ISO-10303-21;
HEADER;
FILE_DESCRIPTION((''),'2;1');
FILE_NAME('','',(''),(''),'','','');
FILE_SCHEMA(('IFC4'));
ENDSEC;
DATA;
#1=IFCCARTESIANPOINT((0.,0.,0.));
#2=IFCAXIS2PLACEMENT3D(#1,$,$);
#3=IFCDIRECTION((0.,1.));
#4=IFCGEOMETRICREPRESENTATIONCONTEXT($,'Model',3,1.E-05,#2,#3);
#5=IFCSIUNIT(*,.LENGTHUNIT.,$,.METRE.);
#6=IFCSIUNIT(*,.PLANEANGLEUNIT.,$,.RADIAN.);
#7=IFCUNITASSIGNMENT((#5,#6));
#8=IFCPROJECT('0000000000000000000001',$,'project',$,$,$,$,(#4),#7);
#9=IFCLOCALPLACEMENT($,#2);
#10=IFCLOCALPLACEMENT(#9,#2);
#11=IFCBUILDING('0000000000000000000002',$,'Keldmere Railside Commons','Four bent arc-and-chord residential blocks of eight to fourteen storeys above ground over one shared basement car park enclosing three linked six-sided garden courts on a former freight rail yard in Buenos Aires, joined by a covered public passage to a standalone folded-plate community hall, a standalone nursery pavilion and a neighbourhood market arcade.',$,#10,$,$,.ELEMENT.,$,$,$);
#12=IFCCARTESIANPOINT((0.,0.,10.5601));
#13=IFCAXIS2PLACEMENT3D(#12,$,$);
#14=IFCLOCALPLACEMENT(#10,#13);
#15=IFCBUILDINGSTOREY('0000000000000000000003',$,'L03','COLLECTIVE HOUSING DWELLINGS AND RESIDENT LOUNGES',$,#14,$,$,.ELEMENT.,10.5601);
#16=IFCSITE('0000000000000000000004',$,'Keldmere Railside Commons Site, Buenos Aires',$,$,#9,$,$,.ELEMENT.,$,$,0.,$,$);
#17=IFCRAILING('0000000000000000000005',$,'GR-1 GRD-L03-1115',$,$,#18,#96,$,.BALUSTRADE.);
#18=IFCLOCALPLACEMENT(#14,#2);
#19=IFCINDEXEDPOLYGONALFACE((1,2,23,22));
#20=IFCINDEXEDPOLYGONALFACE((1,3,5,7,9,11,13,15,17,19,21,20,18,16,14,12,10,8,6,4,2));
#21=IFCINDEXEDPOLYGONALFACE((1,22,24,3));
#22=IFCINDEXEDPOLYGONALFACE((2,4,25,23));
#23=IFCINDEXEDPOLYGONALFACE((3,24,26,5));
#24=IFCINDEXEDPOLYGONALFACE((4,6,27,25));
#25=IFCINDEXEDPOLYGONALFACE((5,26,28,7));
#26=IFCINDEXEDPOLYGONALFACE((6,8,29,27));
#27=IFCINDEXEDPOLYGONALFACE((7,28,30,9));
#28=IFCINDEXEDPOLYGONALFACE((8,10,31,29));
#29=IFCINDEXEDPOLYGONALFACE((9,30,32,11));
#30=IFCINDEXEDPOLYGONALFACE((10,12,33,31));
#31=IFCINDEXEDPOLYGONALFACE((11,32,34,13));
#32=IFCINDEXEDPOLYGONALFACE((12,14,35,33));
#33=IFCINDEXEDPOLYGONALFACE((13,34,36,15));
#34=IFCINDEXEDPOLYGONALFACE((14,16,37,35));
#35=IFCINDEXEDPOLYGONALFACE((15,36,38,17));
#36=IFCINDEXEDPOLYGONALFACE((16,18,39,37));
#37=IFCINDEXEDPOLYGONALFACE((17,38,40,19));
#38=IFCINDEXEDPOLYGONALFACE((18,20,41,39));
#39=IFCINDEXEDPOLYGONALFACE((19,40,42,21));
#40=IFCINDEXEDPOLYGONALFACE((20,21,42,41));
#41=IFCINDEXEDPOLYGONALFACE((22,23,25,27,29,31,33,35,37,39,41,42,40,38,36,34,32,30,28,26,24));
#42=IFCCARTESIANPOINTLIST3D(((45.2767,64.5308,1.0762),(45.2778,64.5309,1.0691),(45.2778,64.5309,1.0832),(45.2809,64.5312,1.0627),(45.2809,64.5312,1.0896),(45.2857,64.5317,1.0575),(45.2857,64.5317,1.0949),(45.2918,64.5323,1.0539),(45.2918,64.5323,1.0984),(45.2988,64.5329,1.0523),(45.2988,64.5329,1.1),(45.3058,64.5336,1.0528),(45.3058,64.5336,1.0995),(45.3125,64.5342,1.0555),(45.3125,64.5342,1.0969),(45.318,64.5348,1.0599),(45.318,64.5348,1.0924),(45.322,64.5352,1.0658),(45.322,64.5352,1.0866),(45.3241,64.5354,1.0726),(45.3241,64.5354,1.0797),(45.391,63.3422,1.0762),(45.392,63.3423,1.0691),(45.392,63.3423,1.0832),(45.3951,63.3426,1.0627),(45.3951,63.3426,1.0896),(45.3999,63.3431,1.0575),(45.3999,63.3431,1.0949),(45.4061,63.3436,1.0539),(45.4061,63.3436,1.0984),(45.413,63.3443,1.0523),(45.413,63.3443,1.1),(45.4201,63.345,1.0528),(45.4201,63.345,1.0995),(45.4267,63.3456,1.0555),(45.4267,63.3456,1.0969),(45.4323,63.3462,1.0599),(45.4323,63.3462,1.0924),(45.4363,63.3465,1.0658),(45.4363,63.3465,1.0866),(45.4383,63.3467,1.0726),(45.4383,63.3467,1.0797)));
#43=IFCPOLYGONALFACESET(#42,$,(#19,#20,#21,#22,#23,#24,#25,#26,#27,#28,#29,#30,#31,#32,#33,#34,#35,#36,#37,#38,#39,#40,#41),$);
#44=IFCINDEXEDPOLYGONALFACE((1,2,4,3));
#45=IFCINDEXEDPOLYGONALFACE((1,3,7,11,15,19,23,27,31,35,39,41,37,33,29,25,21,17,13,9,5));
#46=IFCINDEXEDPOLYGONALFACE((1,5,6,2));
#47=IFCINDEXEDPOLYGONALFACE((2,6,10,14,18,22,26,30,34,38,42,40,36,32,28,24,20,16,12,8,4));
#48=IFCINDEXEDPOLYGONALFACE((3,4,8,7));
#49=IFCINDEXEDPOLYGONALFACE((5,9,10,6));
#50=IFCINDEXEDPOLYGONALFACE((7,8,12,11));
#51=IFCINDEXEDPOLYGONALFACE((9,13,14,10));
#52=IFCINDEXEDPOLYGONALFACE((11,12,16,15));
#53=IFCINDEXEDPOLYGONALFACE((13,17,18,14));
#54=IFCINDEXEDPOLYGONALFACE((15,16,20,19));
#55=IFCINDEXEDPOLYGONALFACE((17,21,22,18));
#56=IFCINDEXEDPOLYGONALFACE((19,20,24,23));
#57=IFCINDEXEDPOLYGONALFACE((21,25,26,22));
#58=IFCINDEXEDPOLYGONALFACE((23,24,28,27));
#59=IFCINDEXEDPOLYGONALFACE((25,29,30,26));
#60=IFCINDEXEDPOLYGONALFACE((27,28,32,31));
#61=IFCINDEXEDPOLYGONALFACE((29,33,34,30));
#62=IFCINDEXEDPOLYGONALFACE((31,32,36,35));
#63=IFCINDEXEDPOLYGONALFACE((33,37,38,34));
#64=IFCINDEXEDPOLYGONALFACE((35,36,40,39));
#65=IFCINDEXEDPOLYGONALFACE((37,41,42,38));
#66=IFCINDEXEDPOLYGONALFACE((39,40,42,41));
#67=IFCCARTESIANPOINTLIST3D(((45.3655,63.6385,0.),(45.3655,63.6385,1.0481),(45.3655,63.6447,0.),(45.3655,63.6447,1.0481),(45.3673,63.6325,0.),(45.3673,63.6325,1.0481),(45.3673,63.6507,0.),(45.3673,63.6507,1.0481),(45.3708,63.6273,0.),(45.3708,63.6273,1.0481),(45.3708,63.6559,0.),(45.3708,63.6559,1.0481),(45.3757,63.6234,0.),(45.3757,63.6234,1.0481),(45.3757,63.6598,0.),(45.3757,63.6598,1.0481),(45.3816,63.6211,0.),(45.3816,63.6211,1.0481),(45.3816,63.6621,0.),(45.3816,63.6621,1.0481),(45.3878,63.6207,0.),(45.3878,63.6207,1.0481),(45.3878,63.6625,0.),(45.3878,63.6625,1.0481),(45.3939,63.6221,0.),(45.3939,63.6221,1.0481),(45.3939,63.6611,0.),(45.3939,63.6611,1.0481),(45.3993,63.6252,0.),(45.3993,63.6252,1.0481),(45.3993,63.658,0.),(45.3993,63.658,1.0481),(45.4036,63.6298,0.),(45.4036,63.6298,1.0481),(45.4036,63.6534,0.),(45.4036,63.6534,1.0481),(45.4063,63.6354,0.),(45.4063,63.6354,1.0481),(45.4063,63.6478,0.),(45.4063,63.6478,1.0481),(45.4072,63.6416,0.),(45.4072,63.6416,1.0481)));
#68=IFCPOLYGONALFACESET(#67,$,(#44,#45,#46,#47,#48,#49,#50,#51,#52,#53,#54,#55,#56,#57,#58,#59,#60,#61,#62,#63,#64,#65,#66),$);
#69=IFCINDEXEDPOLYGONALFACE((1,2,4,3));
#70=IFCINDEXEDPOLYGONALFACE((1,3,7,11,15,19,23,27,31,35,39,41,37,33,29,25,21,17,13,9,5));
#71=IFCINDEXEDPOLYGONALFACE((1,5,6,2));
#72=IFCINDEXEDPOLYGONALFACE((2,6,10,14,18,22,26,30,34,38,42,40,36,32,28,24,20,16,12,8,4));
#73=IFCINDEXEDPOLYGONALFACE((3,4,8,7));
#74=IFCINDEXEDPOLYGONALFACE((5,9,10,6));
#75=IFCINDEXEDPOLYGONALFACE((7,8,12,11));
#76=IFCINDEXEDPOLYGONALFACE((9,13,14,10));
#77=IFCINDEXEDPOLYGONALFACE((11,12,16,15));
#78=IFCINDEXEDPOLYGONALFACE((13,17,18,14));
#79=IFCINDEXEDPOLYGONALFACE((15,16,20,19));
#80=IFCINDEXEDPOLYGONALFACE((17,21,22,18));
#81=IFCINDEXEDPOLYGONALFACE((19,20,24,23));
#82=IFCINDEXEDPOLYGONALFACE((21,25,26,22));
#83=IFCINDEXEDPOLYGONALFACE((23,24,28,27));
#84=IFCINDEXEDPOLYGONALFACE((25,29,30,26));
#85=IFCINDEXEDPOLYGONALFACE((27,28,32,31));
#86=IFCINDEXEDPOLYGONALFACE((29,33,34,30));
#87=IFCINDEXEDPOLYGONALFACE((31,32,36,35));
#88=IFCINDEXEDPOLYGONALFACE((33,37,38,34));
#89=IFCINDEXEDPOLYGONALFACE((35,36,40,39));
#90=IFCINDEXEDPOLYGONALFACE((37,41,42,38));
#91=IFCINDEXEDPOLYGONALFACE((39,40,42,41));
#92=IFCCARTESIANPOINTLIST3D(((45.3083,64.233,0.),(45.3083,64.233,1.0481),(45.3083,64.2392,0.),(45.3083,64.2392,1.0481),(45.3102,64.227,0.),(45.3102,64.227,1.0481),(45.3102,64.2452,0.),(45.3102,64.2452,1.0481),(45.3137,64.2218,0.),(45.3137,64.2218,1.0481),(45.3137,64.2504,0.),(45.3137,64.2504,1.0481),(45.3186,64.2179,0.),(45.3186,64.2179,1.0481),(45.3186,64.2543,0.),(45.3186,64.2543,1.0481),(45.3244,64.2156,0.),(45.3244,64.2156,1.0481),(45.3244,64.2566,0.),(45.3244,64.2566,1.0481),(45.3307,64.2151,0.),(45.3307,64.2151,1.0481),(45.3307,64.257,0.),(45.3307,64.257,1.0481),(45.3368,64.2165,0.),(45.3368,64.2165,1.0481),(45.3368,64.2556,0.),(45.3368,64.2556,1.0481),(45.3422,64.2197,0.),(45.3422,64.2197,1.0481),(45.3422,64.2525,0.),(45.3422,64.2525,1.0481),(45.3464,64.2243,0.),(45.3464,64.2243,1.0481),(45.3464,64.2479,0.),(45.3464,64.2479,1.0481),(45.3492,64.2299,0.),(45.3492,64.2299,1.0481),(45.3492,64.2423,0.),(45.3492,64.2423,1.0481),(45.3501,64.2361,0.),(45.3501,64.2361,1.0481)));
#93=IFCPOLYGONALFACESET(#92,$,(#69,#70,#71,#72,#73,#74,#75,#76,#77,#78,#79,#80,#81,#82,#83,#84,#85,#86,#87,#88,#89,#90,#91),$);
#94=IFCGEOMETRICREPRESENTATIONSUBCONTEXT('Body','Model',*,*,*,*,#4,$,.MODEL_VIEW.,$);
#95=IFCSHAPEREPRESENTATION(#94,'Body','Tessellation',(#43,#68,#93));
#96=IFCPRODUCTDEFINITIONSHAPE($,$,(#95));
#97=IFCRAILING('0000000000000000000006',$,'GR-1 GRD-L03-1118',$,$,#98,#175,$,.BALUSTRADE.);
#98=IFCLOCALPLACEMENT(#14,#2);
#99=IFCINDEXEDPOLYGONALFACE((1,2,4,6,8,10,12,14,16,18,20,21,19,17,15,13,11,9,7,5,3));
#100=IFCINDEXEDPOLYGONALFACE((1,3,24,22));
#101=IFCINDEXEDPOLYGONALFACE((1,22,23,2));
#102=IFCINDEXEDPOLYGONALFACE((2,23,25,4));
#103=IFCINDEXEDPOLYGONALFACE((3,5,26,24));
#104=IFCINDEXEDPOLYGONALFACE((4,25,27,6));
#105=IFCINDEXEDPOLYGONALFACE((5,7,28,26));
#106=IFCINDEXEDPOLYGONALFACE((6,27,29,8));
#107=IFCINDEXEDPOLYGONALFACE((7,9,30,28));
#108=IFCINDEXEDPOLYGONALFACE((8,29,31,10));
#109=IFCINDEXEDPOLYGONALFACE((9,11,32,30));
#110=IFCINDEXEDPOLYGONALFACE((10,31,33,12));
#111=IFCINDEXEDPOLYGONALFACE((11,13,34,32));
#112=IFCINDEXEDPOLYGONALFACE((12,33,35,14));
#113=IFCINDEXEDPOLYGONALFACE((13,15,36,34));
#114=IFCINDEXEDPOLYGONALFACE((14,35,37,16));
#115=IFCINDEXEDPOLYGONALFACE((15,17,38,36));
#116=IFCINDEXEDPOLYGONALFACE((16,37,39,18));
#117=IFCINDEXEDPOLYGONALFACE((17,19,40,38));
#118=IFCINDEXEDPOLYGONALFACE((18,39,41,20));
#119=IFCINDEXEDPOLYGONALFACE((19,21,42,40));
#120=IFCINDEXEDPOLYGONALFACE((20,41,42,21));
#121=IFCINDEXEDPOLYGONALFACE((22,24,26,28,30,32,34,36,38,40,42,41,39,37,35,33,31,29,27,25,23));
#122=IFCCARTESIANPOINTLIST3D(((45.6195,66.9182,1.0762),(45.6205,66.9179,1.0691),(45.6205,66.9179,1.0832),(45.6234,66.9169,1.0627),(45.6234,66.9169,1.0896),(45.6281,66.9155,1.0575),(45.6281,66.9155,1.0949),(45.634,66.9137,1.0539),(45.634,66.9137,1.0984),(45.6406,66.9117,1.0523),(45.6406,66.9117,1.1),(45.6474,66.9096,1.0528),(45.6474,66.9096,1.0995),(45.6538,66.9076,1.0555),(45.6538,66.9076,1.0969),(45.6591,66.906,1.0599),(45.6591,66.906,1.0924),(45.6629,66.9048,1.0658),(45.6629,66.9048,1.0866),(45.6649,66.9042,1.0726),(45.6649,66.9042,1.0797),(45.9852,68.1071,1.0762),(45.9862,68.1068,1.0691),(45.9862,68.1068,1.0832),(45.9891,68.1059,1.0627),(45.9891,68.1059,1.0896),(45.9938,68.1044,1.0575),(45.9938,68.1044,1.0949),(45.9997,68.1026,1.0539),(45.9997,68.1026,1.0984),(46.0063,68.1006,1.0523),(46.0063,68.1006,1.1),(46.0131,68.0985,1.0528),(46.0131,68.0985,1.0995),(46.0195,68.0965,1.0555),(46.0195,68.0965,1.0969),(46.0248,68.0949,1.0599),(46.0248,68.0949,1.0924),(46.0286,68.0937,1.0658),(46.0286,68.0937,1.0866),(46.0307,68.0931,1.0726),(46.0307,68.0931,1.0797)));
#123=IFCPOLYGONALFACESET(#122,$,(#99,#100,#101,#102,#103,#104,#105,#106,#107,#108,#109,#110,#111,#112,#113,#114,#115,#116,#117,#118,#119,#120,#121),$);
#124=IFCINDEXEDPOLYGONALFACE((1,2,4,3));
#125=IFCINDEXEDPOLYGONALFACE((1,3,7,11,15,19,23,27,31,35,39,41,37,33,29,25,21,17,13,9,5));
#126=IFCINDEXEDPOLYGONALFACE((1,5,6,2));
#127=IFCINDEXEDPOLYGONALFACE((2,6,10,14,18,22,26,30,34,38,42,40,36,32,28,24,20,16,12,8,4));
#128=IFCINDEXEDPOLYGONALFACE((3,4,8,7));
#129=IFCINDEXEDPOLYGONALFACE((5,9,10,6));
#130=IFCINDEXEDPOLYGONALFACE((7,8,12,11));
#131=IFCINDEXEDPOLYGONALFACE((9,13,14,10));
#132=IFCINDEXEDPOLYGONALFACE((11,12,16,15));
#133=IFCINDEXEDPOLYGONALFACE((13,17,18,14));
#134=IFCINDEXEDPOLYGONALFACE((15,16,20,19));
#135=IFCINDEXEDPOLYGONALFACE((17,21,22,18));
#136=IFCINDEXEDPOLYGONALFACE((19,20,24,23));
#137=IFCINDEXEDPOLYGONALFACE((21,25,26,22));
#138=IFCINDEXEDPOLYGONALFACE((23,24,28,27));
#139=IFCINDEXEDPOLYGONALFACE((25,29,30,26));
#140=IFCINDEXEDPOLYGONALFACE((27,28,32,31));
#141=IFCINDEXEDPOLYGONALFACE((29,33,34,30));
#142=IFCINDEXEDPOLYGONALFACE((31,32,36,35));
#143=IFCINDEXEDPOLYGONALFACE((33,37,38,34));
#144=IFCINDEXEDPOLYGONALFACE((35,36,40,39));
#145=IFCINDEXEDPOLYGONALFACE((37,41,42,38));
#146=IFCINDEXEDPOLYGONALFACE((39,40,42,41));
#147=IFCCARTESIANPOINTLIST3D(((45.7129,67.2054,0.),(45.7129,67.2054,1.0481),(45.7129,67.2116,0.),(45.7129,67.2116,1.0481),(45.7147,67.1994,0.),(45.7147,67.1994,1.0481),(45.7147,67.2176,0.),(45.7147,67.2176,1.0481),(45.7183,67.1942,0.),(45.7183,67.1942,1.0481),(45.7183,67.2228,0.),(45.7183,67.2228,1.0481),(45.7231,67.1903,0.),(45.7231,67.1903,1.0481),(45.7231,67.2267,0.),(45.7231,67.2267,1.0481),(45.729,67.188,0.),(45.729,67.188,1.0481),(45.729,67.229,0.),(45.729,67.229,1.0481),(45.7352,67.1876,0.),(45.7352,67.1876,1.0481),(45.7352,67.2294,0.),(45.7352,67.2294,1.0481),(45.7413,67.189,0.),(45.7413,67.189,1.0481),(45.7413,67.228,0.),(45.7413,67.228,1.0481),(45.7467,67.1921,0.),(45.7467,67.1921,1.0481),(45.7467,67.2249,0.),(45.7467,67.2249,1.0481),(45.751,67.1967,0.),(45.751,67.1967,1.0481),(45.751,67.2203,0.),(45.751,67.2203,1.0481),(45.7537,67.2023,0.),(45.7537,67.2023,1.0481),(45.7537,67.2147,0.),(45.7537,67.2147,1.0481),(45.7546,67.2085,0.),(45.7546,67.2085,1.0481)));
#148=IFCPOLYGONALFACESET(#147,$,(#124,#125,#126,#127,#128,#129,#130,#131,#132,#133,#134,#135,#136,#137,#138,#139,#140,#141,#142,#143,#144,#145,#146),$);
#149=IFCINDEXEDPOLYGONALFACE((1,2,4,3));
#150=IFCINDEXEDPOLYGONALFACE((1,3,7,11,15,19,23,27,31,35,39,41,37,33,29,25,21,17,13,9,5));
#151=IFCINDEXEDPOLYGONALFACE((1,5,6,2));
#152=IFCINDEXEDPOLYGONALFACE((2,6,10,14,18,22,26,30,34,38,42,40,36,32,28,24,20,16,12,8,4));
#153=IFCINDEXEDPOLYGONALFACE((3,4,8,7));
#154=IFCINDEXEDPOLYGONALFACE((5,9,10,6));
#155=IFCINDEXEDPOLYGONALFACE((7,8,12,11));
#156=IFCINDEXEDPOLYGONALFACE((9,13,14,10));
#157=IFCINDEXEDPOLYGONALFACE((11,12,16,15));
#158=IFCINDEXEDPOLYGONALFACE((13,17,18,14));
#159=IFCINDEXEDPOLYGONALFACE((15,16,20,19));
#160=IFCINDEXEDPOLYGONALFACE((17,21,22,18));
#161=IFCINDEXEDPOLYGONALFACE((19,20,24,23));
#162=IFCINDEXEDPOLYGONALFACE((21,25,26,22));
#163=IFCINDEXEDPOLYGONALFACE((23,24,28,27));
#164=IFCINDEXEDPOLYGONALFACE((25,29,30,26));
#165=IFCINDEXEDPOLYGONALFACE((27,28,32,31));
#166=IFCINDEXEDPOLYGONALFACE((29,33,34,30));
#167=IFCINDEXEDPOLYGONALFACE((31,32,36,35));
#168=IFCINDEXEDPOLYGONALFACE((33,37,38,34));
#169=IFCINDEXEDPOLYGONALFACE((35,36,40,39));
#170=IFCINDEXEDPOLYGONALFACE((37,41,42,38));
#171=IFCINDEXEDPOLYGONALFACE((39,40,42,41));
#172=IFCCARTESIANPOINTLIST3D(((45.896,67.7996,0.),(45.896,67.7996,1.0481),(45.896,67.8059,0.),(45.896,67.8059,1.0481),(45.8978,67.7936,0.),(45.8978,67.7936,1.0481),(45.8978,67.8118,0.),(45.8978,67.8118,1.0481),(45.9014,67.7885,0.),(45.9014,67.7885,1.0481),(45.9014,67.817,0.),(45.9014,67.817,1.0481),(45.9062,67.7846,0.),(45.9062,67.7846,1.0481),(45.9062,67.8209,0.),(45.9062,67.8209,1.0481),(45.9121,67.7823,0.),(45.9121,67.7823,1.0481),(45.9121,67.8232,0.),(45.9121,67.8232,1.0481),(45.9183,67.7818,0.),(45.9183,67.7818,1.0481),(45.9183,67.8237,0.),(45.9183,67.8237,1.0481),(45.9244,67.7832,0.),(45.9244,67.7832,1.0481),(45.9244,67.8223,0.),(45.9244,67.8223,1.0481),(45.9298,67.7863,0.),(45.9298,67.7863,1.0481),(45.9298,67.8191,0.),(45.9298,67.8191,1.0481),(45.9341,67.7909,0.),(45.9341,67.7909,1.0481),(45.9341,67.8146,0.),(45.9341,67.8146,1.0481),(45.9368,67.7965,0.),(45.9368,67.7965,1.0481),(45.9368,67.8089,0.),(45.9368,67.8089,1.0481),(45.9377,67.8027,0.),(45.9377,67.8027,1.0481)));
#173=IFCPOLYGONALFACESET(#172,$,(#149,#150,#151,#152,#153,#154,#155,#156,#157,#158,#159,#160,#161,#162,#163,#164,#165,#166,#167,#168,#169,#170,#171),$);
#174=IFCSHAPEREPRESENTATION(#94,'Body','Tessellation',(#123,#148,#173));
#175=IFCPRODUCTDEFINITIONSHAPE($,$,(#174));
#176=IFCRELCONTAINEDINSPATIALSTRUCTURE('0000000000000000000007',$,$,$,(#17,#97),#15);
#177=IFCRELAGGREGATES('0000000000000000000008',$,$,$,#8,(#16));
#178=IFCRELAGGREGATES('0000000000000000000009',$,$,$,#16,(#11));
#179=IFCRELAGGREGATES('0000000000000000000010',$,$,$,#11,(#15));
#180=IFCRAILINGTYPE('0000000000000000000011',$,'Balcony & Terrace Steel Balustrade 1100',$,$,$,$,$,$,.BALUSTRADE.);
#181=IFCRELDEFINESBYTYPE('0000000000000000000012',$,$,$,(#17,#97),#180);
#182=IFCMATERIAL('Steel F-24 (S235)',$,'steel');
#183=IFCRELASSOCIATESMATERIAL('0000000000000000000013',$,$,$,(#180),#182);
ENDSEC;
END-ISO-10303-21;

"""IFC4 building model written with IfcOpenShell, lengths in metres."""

from ifc_helpers import new_model, si_unit, direction, frame, origin, origin_2d, place, context, subcontext, project, spatial, circle, extrude, material, type_object, element, save


model = new_model("IFC4")

# Units and contexts
model_context = context("Model", 3, precision=1e-05, world=origin(), true_north=direction((0.0, 1.0)))
body_context = subcontext(model_context, "Body", "Model", "MODEL_VIEW")
ifc_project = project(units=[si_unit("LENGTHUNIT", "METRE"), si_unit("PLANEANGLEUNIT", "RADIAN")], contexts=[model_context])

# Site, building, storey
site_placement = place(None, origin())
site = spatial("IfcSite", under=ifc_project, at=site_placement, Name="Keldmere Railside Commons Site, Buenos Aires", CompositionType="ELEMENT", RefElevation=0.0)
building_placement = place(site_placement, origin())
building = spatial("IfcBuilding", under=site, at=building_placement, Name="Keldmere Railside Commons", Description="Four bent arc-and-chord residential blocks of eight to fourteen storeys above ground over one shared basement car park enclosing three linked six-sided garden courts on a former freight rail yard in Buenos Aires, joined by a covered public passage to a standalone folded-plate community hall, a standalone nursery pavilion and a neighbourhood market arcade.", CompositionType="ELEMENT")
storey_placement = place(building_placement, frame((0.0, 0.0, 10.5601)))
storey = spatial("IfcBuildingStorey", under=building, at=storey_placement, Name="L03", Description="COLLECTIVE HOUSING DWELLINGS AND RESIDENT LOUNGES", CompositionType="ELEMENT", Elevation=10.5601)

# Railings
ifc_material_1 = material(Name="Steel F-24 (S235)", Category="steel")
railing_type_1 = type_object("IfcRailingType", Name="Balcony & Terrace Steel Balustrade 1100", PredefinedType="BALUSTRADE", material=ifc_material_1)
railing_1_placement = place(storey_placement, frame((45.4148, 63.3445, 0.0)))
element("IfcRailing", 1, at=railing_1_placement, inside=storey, type_object=railing_type_1, Name="GR-1 GRD-L03-1115", PredefinedType="BALUSTRADE", context=body_context, shape_type="SweptSolid", body=[
    extrude(circle(Radius=0.0239, at=origin_2d()), frame((0.0, 0.0, 1.0762), z_axis=(-0.095677, 0.995412, 0.0), x_axis=(-0.995412, -0.095677, 0.0)), (0.0, 0.0, 1.0), 1.1941),
    extrude(circle(Radius=0.021, at=origin_2d()), frame((-0.0286, 0.2971, 0.0)), (0.0, 0.0, 1.0), 1.0481),
    extrude(circle(Radius=0.021, at=origin_2d()), frame((-0.0857, 0.8916, 0.0)), (0.0, 0.0, 1.0), 1.0481),
])
railing_2_placement = place(storey_placement, frame((45.6423, 66.9111, 0.0)))
element("IfcRailing", 2, at=railing_2_placement, inside=storey, type_object=railing_type_1, Name="GR-1 GRD-L03-1118", PredefinedType="BALUSTRADE", context=body_context, shape_type="SweptSolid", body=[
    extrude(circle(Radius=0.0239, at=origin_2d()), frame((0.0, 0.0, 1.0762), z_axis=(0.294003, 0.955804, 0.0), x_axis=(-0.955804, 0.294003, 0.0)), (0.0, 0.0, 1.0), 1.2439),
    extrude(circle(Radius=0.021, at=origin_2d()), frame((0.0913, 0.2974, 0.0)), (0.0, 0.0, 1.0), 1.0481),
    extrude(circle(Radius=0.021, at=origin_2d()), frame((0.2744, 0.8916, 0.0)), (0.0, 0.0, 1.0), 1.0481),
])

save(model, "model.ifc")
